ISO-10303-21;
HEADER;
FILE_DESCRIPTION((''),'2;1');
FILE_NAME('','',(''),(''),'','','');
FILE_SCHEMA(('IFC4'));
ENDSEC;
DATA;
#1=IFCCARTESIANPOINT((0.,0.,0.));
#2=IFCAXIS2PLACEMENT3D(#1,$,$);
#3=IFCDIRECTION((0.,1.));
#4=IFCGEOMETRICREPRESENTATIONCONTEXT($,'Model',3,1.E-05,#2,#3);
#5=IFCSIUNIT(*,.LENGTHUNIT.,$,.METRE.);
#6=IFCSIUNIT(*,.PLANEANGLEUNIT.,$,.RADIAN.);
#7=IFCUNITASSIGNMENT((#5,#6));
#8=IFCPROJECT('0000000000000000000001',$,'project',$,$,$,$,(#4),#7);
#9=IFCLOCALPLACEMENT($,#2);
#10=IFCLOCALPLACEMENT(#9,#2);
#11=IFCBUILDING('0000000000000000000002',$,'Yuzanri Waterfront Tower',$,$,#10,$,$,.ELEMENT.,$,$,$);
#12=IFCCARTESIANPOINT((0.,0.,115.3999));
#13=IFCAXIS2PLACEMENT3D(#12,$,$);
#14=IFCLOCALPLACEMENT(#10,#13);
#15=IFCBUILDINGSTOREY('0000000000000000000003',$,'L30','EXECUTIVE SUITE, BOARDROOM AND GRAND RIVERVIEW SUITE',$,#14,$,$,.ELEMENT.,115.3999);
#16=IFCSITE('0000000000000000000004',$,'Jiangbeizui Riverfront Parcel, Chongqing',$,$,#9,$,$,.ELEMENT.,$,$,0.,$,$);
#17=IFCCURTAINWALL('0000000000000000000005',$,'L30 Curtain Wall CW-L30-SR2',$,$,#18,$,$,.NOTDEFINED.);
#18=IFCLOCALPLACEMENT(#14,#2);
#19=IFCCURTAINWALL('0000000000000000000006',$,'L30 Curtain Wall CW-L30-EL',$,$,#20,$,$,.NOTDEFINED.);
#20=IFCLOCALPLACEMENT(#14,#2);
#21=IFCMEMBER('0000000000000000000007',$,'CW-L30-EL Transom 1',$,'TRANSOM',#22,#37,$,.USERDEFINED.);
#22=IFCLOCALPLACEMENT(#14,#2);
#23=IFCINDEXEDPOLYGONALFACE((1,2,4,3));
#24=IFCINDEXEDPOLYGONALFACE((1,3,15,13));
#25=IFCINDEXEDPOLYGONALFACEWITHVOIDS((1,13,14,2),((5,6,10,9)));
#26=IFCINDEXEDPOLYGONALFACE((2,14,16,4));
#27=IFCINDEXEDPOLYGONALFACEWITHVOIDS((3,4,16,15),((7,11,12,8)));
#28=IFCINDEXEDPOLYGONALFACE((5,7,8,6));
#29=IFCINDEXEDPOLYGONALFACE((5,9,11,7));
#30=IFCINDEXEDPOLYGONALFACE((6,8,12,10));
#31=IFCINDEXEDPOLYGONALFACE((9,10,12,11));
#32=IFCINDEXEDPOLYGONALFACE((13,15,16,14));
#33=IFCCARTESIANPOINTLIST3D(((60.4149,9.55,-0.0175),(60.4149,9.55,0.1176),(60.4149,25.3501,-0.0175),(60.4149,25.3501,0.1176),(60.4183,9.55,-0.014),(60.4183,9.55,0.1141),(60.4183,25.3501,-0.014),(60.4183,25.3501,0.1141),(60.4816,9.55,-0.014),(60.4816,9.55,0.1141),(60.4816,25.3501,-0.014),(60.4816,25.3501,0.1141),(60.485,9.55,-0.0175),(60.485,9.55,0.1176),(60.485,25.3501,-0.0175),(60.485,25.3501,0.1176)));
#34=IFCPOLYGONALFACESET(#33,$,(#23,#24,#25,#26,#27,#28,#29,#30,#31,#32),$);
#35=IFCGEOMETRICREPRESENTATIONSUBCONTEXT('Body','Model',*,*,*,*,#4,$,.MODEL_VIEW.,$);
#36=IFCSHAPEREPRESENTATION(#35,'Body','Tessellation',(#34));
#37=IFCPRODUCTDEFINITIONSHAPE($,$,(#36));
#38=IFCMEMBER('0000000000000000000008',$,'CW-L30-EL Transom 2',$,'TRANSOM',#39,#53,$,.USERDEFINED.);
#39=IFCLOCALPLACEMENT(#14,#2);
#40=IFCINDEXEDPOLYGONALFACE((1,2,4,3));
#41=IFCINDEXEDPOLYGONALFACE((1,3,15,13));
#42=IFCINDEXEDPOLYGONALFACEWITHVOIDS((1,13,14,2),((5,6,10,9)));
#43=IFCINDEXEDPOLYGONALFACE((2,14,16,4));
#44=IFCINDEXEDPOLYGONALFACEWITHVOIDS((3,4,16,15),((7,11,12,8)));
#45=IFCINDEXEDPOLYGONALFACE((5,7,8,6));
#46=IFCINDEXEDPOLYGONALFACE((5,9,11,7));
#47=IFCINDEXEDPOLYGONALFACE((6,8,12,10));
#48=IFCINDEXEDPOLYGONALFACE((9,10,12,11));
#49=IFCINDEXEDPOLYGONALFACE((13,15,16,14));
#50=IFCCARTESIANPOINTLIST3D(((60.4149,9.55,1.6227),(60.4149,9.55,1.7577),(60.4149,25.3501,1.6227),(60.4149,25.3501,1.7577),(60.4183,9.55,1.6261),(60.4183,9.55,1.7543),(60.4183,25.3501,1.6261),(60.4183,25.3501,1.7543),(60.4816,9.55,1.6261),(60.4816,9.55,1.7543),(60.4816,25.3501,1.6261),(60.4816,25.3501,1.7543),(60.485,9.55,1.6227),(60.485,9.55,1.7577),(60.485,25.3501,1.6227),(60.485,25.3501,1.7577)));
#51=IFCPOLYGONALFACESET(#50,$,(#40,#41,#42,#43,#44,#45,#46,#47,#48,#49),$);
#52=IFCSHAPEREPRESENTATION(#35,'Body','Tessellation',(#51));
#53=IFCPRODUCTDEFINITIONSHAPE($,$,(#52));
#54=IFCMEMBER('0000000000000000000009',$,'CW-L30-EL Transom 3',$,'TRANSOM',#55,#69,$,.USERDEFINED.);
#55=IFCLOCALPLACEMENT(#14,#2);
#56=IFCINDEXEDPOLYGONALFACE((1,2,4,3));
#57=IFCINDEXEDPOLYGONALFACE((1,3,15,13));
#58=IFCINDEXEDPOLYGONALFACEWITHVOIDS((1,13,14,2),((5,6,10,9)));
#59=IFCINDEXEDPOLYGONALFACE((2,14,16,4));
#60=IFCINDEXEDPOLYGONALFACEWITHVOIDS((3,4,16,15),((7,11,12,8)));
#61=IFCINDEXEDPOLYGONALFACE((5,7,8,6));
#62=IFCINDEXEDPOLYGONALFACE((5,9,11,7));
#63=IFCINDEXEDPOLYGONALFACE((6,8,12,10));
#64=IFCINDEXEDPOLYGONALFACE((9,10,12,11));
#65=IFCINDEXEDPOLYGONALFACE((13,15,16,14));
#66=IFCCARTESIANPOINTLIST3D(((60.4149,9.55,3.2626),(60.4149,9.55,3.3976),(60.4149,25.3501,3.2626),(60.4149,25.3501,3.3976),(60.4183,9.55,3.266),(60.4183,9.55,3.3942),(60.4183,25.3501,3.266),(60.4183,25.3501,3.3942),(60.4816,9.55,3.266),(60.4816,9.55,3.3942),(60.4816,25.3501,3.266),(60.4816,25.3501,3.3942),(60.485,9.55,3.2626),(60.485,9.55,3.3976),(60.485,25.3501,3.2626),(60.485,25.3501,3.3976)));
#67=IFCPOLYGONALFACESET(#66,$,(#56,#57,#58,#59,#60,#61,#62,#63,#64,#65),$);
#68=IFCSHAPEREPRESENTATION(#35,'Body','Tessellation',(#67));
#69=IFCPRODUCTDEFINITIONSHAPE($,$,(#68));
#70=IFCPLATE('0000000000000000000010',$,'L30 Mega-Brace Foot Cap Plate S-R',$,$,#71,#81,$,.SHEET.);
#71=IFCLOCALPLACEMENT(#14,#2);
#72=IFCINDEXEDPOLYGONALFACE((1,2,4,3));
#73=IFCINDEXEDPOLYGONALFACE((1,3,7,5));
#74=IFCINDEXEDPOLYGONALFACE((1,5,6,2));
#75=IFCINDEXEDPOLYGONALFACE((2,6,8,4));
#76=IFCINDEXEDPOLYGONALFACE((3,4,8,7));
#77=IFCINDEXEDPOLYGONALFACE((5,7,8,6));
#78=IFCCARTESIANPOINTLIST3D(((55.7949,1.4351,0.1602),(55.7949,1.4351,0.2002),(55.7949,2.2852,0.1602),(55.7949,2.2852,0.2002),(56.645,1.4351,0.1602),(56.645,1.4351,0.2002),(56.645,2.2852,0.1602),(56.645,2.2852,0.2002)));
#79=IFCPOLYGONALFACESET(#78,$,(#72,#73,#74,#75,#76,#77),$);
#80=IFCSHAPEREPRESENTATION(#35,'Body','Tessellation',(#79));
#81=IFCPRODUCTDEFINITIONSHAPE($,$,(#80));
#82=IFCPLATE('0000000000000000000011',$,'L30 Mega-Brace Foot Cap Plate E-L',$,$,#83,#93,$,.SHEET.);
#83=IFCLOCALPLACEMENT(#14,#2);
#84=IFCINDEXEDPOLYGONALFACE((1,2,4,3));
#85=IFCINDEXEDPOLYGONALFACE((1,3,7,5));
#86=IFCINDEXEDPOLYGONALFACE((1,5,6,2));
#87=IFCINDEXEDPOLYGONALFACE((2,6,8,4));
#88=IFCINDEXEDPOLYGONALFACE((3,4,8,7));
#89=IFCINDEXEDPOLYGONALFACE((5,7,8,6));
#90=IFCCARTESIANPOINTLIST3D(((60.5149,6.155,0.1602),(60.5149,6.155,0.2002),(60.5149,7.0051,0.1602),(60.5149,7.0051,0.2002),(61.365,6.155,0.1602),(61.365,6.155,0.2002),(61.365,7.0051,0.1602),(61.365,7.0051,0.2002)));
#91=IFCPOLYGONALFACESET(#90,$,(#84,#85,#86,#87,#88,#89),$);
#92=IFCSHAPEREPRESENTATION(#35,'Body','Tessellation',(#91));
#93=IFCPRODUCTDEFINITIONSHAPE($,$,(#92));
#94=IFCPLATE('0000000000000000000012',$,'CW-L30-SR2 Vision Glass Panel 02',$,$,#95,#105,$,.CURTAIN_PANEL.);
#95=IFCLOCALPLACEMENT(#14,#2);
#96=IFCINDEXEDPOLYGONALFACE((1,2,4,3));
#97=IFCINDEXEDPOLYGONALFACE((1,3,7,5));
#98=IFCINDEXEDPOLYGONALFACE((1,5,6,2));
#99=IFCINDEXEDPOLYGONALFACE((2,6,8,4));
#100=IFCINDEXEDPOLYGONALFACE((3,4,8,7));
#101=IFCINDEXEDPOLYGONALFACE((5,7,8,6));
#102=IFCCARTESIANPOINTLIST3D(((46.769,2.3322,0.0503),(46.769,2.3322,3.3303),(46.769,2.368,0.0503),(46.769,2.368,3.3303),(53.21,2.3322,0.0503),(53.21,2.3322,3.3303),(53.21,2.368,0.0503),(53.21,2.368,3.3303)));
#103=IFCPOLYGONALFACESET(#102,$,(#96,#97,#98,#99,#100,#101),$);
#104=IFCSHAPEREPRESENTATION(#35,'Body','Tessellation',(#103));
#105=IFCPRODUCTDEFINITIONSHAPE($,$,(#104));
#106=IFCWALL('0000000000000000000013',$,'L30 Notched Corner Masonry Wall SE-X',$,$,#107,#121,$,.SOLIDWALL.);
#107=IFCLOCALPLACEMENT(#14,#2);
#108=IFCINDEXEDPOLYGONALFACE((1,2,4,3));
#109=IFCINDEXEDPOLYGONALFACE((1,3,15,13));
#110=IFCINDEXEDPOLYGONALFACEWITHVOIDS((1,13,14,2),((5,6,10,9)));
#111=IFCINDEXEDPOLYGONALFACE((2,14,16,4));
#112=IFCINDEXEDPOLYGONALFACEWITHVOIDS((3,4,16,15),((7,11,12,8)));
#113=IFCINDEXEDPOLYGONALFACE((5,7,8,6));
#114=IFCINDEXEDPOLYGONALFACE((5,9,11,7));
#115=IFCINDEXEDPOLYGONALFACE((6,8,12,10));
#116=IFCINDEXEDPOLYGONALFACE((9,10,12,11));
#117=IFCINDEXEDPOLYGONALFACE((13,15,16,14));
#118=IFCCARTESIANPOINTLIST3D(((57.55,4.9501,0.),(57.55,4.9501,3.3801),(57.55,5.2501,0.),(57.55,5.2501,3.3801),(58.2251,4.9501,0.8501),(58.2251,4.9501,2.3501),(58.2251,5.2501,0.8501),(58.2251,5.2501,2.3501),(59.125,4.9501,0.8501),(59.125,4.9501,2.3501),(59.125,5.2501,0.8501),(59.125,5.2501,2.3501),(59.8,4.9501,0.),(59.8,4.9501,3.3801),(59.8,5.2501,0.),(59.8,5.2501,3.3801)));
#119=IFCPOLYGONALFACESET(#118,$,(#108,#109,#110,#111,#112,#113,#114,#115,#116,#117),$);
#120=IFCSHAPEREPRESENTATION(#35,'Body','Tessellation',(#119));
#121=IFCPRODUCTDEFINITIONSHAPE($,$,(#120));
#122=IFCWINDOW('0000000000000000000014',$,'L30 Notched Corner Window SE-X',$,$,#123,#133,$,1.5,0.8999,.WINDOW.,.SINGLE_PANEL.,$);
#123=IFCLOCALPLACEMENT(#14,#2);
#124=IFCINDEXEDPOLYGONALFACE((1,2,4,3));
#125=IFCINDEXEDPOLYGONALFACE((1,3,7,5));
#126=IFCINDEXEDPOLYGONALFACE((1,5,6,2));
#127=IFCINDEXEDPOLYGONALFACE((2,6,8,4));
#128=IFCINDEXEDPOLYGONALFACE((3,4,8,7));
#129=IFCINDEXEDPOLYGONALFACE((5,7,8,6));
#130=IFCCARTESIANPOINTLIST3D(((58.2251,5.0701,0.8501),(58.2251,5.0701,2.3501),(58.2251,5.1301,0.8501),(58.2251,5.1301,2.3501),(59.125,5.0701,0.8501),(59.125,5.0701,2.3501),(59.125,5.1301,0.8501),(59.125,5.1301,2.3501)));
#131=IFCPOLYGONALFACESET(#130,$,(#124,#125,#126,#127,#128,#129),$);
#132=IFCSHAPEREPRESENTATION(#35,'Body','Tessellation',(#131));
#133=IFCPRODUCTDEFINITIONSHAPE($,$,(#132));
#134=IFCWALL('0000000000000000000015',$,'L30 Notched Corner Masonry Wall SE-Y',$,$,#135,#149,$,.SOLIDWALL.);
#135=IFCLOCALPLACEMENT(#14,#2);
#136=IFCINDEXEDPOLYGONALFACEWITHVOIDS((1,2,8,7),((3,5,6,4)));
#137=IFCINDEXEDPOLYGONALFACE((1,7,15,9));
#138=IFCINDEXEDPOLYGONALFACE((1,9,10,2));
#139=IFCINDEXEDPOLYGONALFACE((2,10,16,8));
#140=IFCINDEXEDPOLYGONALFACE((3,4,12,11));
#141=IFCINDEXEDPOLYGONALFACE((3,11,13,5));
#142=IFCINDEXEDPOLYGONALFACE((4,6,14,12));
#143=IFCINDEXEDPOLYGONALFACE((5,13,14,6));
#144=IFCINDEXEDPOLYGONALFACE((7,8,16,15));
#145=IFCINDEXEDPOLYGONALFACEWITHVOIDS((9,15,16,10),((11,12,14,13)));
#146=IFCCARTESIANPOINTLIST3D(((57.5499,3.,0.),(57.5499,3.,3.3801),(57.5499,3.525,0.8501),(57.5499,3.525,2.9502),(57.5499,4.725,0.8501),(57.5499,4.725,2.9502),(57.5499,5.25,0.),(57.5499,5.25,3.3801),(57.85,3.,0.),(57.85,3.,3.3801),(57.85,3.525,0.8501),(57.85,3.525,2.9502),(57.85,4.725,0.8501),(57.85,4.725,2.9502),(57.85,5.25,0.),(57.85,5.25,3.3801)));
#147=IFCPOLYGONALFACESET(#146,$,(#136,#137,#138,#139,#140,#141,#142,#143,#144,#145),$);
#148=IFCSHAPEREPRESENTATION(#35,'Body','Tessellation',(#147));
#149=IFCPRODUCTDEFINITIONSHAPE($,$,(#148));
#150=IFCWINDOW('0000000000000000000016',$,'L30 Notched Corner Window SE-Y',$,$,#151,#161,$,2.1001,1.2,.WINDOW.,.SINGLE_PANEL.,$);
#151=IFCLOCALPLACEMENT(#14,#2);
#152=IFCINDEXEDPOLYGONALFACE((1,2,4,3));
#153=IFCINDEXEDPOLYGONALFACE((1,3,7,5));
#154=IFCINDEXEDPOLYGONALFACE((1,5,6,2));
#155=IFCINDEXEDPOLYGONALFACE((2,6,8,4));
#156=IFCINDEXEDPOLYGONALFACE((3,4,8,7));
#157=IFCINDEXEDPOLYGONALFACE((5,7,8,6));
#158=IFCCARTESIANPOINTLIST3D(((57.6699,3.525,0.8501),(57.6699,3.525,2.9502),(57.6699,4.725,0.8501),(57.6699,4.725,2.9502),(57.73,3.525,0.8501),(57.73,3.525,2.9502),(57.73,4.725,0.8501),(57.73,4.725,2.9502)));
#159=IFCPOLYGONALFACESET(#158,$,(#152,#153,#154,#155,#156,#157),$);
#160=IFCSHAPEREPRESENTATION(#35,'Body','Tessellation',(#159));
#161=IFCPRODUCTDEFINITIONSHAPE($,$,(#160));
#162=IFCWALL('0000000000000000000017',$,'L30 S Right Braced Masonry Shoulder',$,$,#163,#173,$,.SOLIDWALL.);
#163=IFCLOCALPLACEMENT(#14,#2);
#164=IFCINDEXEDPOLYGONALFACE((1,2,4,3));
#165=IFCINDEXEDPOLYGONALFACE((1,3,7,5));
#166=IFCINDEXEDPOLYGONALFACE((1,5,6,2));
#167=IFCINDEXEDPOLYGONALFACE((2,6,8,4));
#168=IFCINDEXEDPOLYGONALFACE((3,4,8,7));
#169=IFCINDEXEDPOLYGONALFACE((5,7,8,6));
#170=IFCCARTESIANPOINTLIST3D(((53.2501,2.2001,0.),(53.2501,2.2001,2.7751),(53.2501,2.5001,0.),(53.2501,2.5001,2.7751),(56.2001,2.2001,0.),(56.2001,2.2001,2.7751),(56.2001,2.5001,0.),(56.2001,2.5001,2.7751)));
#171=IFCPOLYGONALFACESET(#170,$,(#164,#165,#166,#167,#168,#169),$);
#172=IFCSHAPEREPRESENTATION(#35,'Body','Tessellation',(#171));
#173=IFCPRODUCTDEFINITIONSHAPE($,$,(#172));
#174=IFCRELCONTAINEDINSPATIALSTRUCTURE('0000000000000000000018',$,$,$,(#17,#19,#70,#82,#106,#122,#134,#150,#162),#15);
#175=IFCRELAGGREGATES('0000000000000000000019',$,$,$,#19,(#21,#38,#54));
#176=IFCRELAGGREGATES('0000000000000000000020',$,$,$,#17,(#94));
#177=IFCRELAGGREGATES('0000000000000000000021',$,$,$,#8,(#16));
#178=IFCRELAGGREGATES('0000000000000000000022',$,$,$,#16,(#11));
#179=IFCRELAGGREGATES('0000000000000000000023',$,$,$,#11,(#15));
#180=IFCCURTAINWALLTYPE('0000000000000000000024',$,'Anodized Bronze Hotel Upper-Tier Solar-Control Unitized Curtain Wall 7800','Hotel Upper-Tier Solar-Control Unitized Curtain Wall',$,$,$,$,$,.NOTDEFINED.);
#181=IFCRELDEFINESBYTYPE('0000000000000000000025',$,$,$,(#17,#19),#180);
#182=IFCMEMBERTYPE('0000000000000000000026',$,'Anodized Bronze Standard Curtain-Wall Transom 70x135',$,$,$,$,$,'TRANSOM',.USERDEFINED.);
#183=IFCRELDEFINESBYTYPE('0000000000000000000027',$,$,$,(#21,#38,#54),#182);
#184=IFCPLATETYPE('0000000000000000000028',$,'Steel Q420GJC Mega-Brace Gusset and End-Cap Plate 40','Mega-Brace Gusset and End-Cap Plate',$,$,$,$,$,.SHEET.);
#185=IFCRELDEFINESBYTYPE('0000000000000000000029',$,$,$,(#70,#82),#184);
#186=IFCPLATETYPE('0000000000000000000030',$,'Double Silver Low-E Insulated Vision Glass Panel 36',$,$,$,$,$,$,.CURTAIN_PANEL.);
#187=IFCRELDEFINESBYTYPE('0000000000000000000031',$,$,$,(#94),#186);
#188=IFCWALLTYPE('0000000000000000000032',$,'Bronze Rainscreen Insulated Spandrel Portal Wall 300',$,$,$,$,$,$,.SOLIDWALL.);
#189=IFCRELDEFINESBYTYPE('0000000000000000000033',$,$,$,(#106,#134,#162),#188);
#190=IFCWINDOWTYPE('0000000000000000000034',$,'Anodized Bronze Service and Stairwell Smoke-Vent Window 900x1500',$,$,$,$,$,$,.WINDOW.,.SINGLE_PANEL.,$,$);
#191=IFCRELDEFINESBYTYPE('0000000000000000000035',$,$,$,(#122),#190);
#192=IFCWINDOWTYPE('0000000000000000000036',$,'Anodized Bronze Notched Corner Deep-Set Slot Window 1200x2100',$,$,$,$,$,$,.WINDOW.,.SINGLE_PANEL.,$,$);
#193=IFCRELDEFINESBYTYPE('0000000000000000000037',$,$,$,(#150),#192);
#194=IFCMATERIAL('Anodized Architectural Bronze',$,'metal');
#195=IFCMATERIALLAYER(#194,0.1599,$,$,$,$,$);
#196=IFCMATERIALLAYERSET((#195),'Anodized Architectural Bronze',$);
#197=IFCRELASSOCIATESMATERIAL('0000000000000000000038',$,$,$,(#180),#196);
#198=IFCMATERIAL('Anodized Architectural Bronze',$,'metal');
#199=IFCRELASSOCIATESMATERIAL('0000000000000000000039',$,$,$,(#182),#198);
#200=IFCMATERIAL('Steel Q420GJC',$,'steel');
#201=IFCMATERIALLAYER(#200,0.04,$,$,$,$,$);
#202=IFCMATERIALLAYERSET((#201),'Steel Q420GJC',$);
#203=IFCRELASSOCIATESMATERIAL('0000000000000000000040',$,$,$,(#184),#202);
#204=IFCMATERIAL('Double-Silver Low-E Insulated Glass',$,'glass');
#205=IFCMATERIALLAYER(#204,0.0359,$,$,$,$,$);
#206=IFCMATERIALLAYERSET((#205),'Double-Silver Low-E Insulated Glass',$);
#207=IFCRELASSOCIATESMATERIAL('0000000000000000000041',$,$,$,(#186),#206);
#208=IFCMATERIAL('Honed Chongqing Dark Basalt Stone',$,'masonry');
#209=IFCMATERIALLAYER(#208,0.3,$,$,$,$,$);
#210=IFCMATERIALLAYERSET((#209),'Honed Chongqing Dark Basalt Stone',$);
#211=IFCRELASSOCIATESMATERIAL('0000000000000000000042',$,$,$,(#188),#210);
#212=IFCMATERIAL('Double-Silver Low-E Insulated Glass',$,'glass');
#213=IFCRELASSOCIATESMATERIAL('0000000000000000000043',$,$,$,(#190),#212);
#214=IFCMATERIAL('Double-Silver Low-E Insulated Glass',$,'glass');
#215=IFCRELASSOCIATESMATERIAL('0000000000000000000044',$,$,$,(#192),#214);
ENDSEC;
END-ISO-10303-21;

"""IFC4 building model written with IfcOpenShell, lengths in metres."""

from ifc_helpers import new_model, si_unit, direction, frame, frame_2d, origin, origin_2d, place, context, subcontext, project, spatial, rectangle, hollow_rectangle, extrude, source, transform, mapped, material, layer, layer_set, material_profile, profile_set, type_object, element, fill, aggregate, save


model = new_model("IFC4")

# Units and contexts
model_context = context("Model", 3, precision=1e-05, world=origin(), true_north=direction((0.0, 1.0)))
body_context = subcontext(model_context, "Body", "Model", "MODEL_VIEW")
ifc_project = project(units=[si_unit("LENGTHUNIT", "METRE"), si_unit("PLANEANGLEUNIT", "RADIAN")], contexts=[model_context])

# Site, building, storey
site_placement = place(None, origin())
site = spatial("IfcSite", under=ifc_project, at=site_placement, Name="Jiangbeizui Riverfront Parcel, Chongqing", CompositionType="ELEMENT", RefElevation=0.0)
building_placement = place(site_placement, origin())
building = spatial("IfcBuilding", under=site, at=building_placement, Name="Yuzanri Waterfront Tower", CompositionType="ELEMENT")
storey_placement = place(building_placement, frame((0.0, 0.0, 115.3999)))
storey = spatial("IfcBuildingStorey", under=building, at=storey_placement, Name="L30", Description="EXECUTIVE SUITE, BOARDROOM AND GRAND RIVERVIEW SUITE", CompositionType="ELEMENT", Elevation=115.3999)

# Curtain walls, members
ifc_material_1 = material(Name="Anodized Architectural Bronze", Category="metal")
ifc_layer_1 = layer(ifc_material_1, 0.1599)
ifc_layer_set_1 = layer_set([ifc_layer_1], Name="Anodized Architectural Bronze")
curtain_wall_type = type_object("IfcCurtainWallType", Name="Anodized Bronze Hotel Upper-Tier Solar-Control Unitized Curtain Wall 7800", Description="Hotel Upper-Tier Solar-Control Unitized Curtain Wall", PredefinedType="NOTDEFINED", material=ifc_layer_set_1)
curtain_wall_1_placement = place(storey_placement, origin())
curtain_wall_1 = element("IfcCurtainWall", 1, at=curtain_wall_1_placement, inside=storey, type_object=curtain_wall_type, Name="L30 Curtain Wall CW-L30-SR2", PredefinedType="NOTDEFINED")
curtain_wall_2_placement = place(storey_placement, origin())
curtain_wall_2 = element("IfcCurtainWall", 2, at=curtain_wall_2_placement, inside=storey, type_object=curtain_wall_type, Name="L30 Curtain Wall CW-L30-EL", PredefinedType="NOTDEFINED")
ifc_material_2 = material(Name="Anodized Architectural Bronze", Category="metal")
ifc_material_profile_1 = material_profile(ifc_material_2, hollow_rectangle(XDim=0.0701, YDim=0.135, WallThickness=0.0034, at=origin_2d()), Name="CWT 70x135")
ifc_profile_set_1 = profile_set([ifc_material_profile_1], Name="Anodized Architectural Bronze")
member_type_1 = type_object("IfcMemberType", Name="Anodized Bronze Standard Curtain-Wall Transom 70x135", ElementType="TRANSOM", PredefinedType="USERDEFINED", material=ifc_profile_set_1)
shared_shape_1 = source(origin(), body_context, "Body", "SweptSolid", [
    extrude(hollow_rectangle(XDim=0.0701, YDim=0.135, WallThickness=0.0034, at=origin_2d()), origin(), (0.0, 0.0, 1.0), 15.8),
])
member_1_placement = place(storey_placement, frame((60.45, 9.55, 0.05), z_axis=(0.0, 1.0, 0.0), x_axis=(-1.0, 0.0, 0.0)))
member_1 = element("IfcMember", 3, at=member_1_placement, type_object=member_type_1, Name="CW-L30-EL Transom 1", ObjectType="TRANSOM", PredefinedType="USERDEFINED", context=body_context, shape_type="MappedRepresentation", body=[
    mapped(shared_shape_1, transform((0.0, 0.0, 0.0), scale=1.0)),
])
member_2_placement = place(storey_placement, frame((60.45, 9.55, 1.6902), z_axis=(0.0, 1.0, 0.0), x_axis=(-1.0, 0.0, 0.0)))
member_2 = element("IfcMember", 4, at=member_2_placement, type_object=member_type_1, Name="CW-L30-EL Transom 2", ObjectType="TRANSOM", PredefinedType="USERDEFINED", context=body_context, shape_type="MappedRepresentation", body=[
    mapped(shared_shape_1, transform((0.0, 0.0, 0.0), scale=1.0)),
])
member_3_placement = place(storey_placement, frame((60.45, 9.55, 3.3301), z_axis=(0.0, 1.0, 0.0), x_axis=(-1.0, 0.0, 0.0)))
member_3 = element("IfcMember", 5, at=member_3_placement, type_object=member_type_1, Name="CW-L30-EL Transom 3", ObjectType="TRANSOM", PredefinedType="USERDEFINED", context=body_context, shape_type="MappedRepresentation", body=[
    mapped(shared_shape_1, transform((0.0, 0.0, 0.0), scale=1.0)),
])
aggregate(curtain_wall_2, [member_1, member_2, member_3])

# Plates
ifc_material_3 = material(Name="Steel Q420GJC", Category="steel")
ifc_layer_2 = layer(ifc_material_3, 0.04)
ifc_layer_set_2 = layer_set([ifc_layer_2], Name="Steel Q420GJC")
plate_type_1 = type_object("IfcPlateType", Name="Steel Q420GJC Mega-Brace Gusset and End-Cap Plate 40", Description="Mega-Brace Gusset and End-Cap Plate", PredefinedType="SHEET", material=ifc_layer_set_2)
shared_shape_2 = source(origin(), body_context, "Body", "SweptSolid", [
    extrude(rectangle(XDim=0.8501, YDim=0.8501, at=origin_2d()), origin(), (0.0, 0.0, 1.0), 0.04),
])
for number, where, z_axis, x_axis, name in (
    (6, (56.22, 1.8601, 0.1602), (0.0, 0.0, 1.0), (1.0, 0.0, 0.0), "L30 Mega-Brace Foot Cap Plate S-R"),
    (7, (60.9399, 6.5801, 0.1602), (0.0, 0.0, 1.0), (1.0, 0.0, 0.0), "L30 Mega-Brace Foot Cap Plate E-L"),
):
    element("IfcPlate", number, at=place(storey_placement, frame(where, z_axis=z_axis, x_axis=x_axis)), inside=storey, type_object=plate_type_1, Name=name, PredefinedType="SHEET", context=body_context, shape_type="MappedRepresentation", body=[
        mapped(shared_shape_2, transform((0.0, 0.0, 0.0), scale=1.0)),
    ])

# Plate
ifc_material_4 = material(Name="Double-Silver Low-E Insulated Glass", Category="glass")
ifc_layer_3 = layer(ifc_material_4, 0.0359)
ifc_layer_set_3 = layer_set([ifc_layer_3], Name="Double-Silver Low-E Insulated Glass")
plate_type_2 = type_object("IfcPlateType", Name="Double Silver Low-E Insulated Vision Glass Panel 36", PredefinedType="CURTAIN_PANEL", material=ifc_layer_set_3)
shared_shape_3 = source(origin(), body_context, "Body", "SweptSolid", [
    extrude(rectangle(XDim=6.4409, YDim=0.0359, at=origin_2d()), origin(), (0.0, 0.0, 1.0), 3.28),
])
plate_placement = place(storey_placement, frame((49.9895, 2.3501, 0.0503), z_axis=(0.0, 0.0, 1.0), x_axis=(1.0, 0.0, 0.0)))
plate = element("IfcPlate", 8, at=plate_placement, type_object=plate_type_2, Name="CW-L30-SR2 Vision Glass Panel 02", PredefinedType="CURTAIN_PANEL", context=body_context, shape_type="MappedRepresentation", body=[
    mapped(shared_shape_3, transform((0.0, 0.0, 0.0), scale=1.0)),
])
aggregate(curtain_wall_1, [plate])

# Walls, openings, windows
ifc_material_5 = material(Name="Honed Chongqing Dark Basalt Stone", Category="masonry")
ifc_layer_4 = layer(ifc_material_5, 0.3)
ifc_layer_set_4 = layer_set([ifc_layer_4], Name="Honed Chongqing Dark Basalt Stone")
wall_type_1 = type_object("IfcWallType", Name="Bronze Rainscreen Insulated Spandrel Portal Wall 300", PredefinedType="SOLIDWALL", material=ifc_layer_set_4)
wall_1_placement = place(storey_placement, frame((57.55, 5.1001, 0.0), z_axis=(0.0, 0.0, 1.0), x_axis=(1.0, 0.0, 0.0)))
wall_1 = element("IfcWall", 9, at=wall_1_placement, inside=storey, type_object=wall_type_1, Name="L30 Notched Corner Masonry Wall SE-X", PredefinedType="SOLIDWALL", context=body_context, shape_type="SweptSolid", body=[
    extrude(rectangle(XDim=2.25, YDim=0.3, at=frame_2d((1.125, 0.0))), origin(), (0.0, 0.0, 1.0), 3.3801),
])
opening_1_placement = place(wall_1_placement, frame((0.675, 0.0, 0.8501)))
opening_1 = element("IfcOpeningElement", 10, at=opening_1_placement, cuts=wall_1, PredefinedType="OPENING", context=body_context, shape_type="SweptSolid", body=[
    extrude(rectangle(XDim=0.8999, YDim=1.5, at=frame_2d((0.45, 0.75))), frame((0.0, 0.165, 0.0), z_axis=(0.0, -1.0, 0.0), x_axis=(1.0, 0.0, 0.0)), (0.0, 0.0, 1.0), 0.3298),
])
ifc_material_6 = material(Name="Double-Silver Low-E Insulated Glass", Category="glass")
window_type_1 = type_object("IfcWindowType", Name="Anodized Bronze Service and Stairwell Smoke-Vent Window 900x1500", PartitioningType="SINGLE_PANEL", PredefinedType="WINDOW", material=ifc_material_6)
shared_shape_4 = source(origin(), body_context, "Body", "SweptSolid", [
    extrude(rectangle(XDim=0.8999, YDim=1.5, at=frame_2d((0.45, 0.75))), frame((0.0, 0.03, 0.0), z_axis=(0.0, -1.0, 0.0), x_axis=(1.0, 0.0, 0.0)), (0.0, 0.0, 1.0), 0.0601),
])
window_1_placement = place(opening_1_placement, origin())
window_1 = element("IfcWindow", 11, at=window_1_placement, inside=storey, type_object=window_type_1, Name="L30 Notched Corner Window SE-X", OverallHeight=1.5, OverallWidth=0.8999, PartitioningType="SINGLE_PANEL", PredefinedType="WINDOW", context=body_context, shape_type="MappedRepresentation", body=[
    mapped(shared_shape_4, transform((0.0, 0.0, 0.0), scale=1.0)),
])
fill(opening_1, window_1)
wall_2_placement = place(storey_placement, frame((57.7, 3.0, 0.0), z_axis=(0.0, 0.0, 1.0), x_axis=(0.0, 1.0, 0.0)))
wall_2 = element("IfcWall", 12, at=wall_2_placement, inside=storey, type_object=wall_type_1, Name="L30 Notched Corner Masonry Wall SE-Y", PredefinedType="SOLIDWALL", context=body_context, shape_type="SweptSolid", body=[
    extrude(rectangle(XDim=2.25, YDim=0.3, at=frame_2d((1.125, 0.0))), origin(), (0.0, 0.0, 1.0), 3.3801),
])
opening_2_placement = place(wall_2_placement, frame((0.5249, 0.0, 0.8501)))
opening_2 = element("IfcOpeningElement", 13, at=opening_2_placement, cuts=wall_2, PredefinedType="OPENING", context=body_context, shape_type="SweptSolid", body=[
    extrude(rectangle(XDim=1.2, YDim=2.1001, at=frame_2d((0.6001, 1.05))), frame((0.0, 0.165, 0.0), z_axis=(0.0, -1.0, 0.0), x_axis=(1.0, 0.0, 0.0)), (0.0, 0.0, 1.0), 0.3298),
])
ifc_material_7 = material(Name="Double-Silver Low-E Insulated Glass", Category="glass")
window_type_2 = type_object("IfcWindowType", Name="Anodized Bronze Notched Corner Deep-Set Slot Window 1200x2100", PartitioningType="SINGLE_PANEL", PredefinedType="WINDOW", material=ifc_material_7)
shared_shape_5 = source(origin(), body_context, "Body", "SweptSolid", [
    extrude(rectangle(XDim=1.2, YDim=2.1001, at=frame_2d((0.6001, 1.05))), frame((0.0, 0.03, 0.0), z_axis=(0.0, -1.0, 0.0), x_axis=(1.0, 0.0, 0.0)), (0.0, 0.0, 1.0), 0.0601),
])
window_2_placement = place(opening_2_placement, origin())
window_2 = element("IfcWindow", 14, at=window_2_placement, inside=storey, type_object=window_type_2, Name="L30 Notched Corner Window SE-Y", OverallHeight=2.1001, OverallWidth=1.2, PartitioningType="SINGLE_PANEL", PredefinedType="WINDOW", context=body_context, shape_type="MappedRepresentation", body=[
    mapped(shared_shape_5, transform((0.0, 0.0, 0.0), scale=1.0)),
])
fill(opening_2, window_2)

# Wall
shared_shape_6 = source(origin(), body_context, "Body", "SweptSolid", [
    extrude(rectangle(XDim=2.95, YDim=0.3, at=frame_2d((1.4751, 0.0))), origin(), (0.0, 0.0, 1.0), 2.7751),
])
for number, where, z_axis, x_axis, name in (
    (15, (53.25, 2.3501, 0.0), (0.0, 0.0, 1.0), (1.0, 0.0, 0.0), "L30 S Right Braced Masonry Shoulder"),
):
    element("IfcWall", number, at=place(storey_placement, frame(where, z_axis=z_axis, x_axis=x_axis)), inside=storey, type_object=wall_type_1, Name=name, PredefinedType="SOLIDWALL", context=body_context, shape_type="MappedRepresentation", body=[
        mapped(shared_shape_6, transform((0.0, 0.0, 0.0), scale=1.0)),
    ])

save(model, "model.ifc")
